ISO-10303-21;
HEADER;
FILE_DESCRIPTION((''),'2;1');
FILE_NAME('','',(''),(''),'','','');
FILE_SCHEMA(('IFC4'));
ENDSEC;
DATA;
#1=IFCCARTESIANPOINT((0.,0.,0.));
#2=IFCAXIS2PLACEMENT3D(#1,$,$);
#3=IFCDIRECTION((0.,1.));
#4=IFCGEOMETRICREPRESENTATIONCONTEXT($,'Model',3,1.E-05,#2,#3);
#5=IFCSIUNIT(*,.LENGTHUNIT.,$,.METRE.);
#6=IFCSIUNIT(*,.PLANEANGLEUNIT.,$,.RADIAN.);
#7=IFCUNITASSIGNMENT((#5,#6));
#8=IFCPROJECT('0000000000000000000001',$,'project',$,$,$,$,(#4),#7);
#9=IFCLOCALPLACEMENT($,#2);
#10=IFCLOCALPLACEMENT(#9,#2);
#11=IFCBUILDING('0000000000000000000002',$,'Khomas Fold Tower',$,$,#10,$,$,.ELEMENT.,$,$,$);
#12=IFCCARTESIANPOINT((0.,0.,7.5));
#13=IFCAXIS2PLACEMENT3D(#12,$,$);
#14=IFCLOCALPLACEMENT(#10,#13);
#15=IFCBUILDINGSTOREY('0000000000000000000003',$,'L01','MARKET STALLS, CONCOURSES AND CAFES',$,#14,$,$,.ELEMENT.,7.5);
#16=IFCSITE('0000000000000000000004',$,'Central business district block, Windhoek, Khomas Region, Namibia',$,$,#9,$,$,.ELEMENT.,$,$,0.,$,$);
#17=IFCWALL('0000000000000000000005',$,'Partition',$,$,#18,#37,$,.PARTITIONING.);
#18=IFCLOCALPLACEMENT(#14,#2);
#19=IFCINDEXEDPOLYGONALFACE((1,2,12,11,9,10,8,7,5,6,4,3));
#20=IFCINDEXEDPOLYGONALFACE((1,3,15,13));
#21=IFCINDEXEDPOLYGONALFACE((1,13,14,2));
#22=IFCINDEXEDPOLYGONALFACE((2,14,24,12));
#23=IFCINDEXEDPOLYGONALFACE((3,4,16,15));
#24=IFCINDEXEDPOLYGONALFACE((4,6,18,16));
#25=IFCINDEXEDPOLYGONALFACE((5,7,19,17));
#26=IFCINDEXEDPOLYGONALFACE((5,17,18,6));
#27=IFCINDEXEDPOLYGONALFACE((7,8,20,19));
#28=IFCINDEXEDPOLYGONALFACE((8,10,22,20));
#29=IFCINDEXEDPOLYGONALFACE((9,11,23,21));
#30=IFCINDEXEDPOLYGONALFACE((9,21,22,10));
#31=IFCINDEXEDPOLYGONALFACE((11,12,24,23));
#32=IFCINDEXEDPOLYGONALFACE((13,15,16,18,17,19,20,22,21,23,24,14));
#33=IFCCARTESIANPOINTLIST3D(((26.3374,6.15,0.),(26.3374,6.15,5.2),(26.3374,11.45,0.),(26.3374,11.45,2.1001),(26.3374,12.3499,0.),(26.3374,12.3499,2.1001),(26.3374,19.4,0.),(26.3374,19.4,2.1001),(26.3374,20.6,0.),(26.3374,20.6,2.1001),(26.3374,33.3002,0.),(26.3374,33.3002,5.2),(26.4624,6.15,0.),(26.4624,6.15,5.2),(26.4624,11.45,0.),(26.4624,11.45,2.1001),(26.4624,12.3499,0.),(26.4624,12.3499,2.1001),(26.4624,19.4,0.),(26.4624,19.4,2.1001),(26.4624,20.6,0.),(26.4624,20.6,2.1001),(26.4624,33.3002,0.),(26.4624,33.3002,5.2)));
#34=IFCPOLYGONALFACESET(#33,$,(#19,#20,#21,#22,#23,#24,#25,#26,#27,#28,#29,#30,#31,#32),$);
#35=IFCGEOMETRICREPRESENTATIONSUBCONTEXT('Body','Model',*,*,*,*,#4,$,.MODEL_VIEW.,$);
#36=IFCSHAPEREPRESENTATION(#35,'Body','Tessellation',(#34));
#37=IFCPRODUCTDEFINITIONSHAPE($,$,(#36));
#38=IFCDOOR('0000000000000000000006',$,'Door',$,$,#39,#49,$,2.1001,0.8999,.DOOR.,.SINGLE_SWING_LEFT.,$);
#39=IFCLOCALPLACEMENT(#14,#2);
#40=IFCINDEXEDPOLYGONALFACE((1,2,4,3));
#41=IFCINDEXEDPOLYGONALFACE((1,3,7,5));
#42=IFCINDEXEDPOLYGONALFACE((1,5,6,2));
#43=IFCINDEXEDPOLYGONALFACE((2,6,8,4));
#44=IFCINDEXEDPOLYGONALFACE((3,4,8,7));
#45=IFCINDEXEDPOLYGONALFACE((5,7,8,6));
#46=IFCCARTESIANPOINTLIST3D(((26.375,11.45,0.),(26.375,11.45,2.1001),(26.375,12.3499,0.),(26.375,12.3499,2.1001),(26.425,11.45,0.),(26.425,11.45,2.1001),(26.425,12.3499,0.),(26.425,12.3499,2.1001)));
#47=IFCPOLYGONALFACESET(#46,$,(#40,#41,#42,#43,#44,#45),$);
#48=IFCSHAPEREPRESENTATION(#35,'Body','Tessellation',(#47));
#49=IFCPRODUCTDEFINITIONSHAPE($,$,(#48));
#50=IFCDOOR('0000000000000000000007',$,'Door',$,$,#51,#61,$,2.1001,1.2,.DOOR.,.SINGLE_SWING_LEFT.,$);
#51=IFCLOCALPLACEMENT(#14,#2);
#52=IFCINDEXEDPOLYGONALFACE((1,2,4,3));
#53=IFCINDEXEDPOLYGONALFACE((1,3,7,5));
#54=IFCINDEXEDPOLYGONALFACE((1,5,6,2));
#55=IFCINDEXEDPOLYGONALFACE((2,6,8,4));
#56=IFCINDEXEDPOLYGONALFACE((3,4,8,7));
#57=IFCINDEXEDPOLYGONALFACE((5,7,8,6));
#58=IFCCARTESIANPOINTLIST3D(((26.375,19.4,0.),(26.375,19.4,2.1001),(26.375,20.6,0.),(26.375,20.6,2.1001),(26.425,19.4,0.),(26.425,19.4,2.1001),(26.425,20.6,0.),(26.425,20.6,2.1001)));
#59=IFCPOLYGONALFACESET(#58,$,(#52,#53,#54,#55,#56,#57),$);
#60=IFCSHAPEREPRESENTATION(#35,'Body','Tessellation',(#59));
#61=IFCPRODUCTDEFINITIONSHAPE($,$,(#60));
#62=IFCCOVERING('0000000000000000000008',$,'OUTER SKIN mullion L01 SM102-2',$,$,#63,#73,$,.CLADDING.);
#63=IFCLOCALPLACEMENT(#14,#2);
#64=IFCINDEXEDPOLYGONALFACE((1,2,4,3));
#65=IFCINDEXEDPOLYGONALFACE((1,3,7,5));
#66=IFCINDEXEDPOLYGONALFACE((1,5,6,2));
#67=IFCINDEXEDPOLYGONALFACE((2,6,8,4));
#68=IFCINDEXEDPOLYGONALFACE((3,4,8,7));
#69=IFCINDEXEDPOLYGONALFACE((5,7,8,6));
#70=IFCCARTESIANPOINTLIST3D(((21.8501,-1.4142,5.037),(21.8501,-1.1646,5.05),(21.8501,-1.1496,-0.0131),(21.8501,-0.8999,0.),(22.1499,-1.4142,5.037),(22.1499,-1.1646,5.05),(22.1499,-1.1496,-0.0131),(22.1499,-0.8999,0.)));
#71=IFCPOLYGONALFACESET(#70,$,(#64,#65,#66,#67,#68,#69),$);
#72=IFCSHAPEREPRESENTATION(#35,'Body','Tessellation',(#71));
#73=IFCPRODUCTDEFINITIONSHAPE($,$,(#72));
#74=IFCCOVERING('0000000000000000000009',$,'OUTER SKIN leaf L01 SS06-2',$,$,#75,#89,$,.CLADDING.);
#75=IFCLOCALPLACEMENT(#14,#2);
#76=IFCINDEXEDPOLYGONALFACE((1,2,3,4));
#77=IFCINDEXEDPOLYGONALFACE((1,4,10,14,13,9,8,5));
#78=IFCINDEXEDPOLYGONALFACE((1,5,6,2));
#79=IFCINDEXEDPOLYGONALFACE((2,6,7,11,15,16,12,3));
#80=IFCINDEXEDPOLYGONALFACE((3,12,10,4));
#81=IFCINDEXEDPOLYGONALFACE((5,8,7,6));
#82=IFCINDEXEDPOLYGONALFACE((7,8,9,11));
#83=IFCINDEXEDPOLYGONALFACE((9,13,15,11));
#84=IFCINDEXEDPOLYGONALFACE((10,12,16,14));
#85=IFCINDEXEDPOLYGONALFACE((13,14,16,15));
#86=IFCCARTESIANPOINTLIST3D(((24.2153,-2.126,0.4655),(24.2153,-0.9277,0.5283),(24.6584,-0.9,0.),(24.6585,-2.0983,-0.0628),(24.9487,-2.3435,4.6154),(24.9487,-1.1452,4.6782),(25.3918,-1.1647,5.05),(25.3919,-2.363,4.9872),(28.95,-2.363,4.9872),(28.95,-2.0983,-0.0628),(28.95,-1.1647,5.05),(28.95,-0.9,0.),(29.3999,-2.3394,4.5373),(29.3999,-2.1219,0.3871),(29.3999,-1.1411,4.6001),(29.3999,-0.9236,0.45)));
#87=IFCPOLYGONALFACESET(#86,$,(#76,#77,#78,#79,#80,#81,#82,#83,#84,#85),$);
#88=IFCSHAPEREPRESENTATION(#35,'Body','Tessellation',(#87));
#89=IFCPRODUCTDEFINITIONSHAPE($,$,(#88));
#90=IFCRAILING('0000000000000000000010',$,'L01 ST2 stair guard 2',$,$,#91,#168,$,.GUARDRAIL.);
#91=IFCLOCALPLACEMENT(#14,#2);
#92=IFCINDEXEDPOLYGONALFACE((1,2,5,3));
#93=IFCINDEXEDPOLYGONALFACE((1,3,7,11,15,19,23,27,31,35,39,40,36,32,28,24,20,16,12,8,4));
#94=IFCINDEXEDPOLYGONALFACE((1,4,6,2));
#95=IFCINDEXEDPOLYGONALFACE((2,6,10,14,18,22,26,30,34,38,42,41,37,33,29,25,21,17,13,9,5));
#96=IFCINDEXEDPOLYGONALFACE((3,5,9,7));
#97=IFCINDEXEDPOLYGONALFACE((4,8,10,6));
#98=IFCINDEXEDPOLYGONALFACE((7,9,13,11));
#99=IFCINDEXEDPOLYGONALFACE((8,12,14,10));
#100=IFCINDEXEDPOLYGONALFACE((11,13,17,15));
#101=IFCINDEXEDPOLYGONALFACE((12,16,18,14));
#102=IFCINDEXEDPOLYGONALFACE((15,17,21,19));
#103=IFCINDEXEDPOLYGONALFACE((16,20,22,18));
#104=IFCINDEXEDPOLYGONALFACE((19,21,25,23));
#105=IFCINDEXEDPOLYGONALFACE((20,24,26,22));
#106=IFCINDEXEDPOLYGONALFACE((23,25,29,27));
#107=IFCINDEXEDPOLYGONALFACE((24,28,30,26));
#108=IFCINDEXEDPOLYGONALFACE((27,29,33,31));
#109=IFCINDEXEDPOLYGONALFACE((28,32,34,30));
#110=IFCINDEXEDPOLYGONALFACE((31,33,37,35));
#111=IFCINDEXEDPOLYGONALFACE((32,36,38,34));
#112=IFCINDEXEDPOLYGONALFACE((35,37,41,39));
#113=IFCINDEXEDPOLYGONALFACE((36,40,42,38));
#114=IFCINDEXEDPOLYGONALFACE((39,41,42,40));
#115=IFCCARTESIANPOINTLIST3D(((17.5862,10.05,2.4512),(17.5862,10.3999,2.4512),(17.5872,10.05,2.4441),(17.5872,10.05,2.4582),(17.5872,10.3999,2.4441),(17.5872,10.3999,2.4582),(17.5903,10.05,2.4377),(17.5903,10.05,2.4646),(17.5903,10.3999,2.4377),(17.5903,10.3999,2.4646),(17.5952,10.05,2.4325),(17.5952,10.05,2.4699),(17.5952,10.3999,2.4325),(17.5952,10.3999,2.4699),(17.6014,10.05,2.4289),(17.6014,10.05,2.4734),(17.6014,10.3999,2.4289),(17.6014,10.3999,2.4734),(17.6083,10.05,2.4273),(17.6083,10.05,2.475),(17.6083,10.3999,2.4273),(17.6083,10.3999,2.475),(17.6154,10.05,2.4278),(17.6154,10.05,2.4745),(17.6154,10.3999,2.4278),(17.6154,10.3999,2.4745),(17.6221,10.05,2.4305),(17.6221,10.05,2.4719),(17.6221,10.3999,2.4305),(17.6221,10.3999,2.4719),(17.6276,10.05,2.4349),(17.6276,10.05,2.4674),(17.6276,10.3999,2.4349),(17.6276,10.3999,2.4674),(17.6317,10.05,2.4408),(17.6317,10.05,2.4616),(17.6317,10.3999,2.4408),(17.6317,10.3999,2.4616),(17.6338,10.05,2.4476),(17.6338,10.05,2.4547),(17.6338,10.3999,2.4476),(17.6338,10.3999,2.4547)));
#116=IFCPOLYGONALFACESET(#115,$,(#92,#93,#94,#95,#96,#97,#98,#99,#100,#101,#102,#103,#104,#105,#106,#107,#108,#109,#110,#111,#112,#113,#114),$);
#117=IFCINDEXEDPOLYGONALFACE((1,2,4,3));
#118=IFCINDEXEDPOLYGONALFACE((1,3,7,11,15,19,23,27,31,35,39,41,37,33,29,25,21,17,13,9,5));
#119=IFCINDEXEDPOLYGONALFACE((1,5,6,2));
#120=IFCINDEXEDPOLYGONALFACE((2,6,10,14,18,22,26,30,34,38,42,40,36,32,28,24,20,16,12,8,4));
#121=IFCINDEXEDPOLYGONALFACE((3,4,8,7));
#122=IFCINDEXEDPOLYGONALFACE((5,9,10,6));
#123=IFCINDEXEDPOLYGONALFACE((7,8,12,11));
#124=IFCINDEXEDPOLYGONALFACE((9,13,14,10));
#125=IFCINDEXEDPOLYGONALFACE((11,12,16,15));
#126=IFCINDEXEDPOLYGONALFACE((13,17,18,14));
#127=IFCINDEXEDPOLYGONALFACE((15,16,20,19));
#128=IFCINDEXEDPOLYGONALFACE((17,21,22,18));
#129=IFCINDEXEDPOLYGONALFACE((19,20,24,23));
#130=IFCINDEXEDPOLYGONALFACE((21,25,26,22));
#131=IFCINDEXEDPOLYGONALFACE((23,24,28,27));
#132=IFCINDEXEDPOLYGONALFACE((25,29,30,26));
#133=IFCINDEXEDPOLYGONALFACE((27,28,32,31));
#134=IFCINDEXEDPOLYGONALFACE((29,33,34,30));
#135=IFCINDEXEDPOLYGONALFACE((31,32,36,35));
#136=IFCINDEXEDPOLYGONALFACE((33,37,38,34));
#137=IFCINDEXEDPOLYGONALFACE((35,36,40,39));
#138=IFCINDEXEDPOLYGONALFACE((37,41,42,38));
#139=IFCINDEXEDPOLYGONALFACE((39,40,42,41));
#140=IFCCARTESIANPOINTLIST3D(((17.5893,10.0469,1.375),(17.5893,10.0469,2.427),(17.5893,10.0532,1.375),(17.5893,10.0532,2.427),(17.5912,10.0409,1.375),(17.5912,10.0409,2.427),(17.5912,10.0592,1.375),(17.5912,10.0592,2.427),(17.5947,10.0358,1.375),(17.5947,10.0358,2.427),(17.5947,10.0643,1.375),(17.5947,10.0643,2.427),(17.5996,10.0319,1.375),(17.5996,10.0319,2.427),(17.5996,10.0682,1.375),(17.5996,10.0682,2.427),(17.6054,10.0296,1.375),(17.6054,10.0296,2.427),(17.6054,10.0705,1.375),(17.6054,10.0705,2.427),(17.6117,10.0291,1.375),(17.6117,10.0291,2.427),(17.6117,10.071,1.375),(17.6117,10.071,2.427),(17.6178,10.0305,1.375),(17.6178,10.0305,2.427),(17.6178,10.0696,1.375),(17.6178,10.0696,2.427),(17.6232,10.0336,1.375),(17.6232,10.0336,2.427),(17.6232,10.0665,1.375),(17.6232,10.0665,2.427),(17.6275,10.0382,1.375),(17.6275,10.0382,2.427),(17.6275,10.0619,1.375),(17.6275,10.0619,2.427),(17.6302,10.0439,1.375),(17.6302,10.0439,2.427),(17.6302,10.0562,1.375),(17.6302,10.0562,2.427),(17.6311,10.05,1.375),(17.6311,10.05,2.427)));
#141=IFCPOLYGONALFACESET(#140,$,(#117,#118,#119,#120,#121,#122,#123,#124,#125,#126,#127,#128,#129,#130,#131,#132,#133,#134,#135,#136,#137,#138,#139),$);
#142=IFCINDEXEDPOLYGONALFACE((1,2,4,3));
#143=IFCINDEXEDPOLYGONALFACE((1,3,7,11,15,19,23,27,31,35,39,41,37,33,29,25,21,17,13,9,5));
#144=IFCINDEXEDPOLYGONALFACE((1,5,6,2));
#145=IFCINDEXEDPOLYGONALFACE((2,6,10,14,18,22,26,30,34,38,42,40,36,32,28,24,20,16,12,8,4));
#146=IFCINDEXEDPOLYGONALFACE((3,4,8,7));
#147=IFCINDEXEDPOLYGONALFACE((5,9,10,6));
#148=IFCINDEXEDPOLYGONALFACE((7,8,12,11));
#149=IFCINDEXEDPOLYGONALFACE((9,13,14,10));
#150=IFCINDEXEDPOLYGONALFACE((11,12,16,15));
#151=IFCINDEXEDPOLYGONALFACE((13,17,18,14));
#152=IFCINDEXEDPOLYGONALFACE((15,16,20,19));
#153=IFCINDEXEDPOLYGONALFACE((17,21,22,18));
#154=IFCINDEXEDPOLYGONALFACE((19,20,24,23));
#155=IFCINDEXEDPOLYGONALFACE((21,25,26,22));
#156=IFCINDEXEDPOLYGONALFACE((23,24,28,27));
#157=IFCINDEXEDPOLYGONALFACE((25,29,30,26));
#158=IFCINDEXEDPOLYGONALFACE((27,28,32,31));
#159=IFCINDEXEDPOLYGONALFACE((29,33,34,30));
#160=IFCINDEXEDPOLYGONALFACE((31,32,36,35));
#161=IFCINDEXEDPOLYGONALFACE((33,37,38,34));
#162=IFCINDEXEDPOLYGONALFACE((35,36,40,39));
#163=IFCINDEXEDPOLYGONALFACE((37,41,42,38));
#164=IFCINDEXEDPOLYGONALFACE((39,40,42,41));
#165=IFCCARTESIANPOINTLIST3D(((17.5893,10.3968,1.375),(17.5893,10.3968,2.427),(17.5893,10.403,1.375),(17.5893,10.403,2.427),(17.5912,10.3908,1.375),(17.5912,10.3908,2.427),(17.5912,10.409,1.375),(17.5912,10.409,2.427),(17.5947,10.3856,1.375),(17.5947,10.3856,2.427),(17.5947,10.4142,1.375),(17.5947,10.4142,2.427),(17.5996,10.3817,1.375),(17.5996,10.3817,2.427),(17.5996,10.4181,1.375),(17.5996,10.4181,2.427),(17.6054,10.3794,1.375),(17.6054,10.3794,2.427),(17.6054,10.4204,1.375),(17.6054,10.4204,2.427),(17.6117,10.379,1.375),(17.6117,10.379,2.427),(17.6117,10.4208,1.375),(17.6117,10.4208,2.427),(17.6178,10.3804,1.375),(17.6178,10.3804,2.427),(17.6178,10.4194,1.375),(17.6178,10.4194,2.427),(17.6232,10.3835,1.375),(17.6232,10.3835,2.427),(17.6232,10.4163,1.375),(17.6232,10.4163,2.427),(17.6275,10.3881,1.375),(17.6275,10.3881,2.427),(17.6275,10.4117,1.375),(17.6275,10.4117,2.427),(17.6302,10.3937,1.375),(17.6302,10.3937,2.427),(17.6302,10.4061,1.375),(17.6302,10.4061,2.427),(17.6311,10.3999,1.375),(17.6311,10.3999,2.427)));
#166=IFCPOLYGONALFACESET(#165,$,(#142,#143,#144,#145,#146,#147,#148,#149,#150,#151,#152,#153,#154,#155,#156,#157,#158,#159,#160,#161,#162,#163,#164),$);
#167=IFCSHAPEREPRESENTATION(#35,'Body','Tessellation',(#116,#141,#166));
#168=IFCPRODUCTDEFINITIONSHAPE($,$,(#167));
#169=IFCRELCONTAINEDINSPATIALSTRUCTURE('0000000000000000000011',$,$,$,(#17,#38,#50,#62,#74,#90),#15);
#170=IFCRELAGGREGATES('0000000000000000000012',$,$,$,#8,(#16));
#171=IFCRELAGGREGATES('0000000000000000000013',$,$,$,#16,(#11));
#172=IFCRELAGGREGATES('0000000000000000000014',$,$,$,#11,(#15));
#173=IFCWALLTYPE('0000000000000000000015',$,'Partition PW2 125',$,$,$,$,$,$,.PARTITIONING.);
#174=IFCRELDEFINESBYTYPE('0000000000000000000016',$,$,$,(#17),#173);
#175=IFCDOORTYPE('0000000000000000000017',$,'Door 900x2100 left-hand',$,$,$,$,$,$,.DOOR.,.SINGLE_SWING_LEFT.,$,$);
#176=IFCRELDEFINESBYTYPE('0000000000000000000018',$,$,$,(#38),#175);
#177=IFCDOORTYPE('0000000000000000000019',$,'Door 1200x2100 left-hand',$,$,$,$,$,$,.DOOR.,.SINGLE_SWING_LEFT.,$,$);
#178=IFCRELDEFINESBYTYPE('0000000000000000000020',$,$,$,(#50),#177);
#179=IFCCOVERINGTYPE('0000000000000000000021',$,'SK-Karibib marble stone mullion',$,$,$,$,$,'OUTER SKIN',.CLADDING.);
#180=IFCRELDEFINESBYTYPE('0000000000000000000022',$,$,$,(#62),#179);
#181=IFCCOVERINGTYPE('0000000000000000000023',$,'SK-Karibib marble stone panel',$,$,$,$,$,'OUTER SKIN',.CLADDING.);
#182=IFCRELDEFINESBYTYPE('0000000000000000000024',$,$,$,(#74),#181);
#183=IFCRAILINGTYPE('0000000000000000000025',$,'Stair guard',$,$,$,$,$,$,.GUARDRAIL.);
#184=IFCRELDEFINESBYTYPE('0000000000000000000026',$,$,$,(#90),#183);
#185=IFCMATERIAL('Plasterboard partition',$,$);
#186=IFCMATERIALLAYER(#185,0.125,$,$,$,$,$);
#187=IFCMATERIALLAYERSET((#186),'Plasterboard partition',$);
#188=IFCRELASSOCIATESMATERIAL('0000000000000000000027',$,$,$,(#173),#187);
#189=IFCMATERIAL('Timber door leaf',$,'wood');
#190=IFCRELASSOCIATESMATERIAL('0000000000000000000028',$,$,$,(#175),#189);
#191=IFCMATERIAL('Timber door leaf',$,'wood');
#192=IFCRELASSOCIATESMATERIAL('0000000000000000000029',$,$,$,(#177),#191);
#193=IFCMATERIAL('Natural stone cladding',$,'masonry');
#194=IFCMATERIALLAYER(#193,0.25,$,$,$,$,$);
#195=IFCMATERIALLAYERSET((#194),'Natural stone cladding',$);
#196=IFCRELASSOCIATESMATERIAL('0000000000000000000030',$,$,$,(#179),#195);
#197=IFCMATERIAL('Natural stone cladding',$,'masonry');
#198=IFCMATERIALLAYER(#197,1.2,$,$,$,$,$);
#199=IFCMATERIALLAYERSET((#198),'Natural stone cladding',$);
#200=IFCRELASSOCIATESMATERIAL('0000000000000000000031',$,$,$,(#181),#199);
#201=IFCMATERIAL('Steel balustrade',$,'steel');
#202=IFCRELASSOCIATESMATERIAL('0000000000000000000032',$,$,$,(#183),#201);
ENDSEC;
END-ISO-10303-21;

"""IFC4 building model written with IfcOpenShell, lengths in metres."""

from ifc_helpers import new_model, si_unit, direction, frame, frame_2d, origin, origin_2d, place, context, subcontext, project, spatial, polyline, rectangle, circle, outline, extrude, source, transform, mapped, material, layer, layer_set, type_object, element, fill, save


model = new_model("IFC4")

# Units and contexts
model_context = context("Model", 3, precision=1e-05, world=origin(), true_north=direction((0.0, 1.0)))
body_context = subcontext(model_context, "Body", "Model", "MODEL_VIEW")
ifc_project = project(units=[si_unit("LENGTHUNIT", "METRE"), si_unit("PLANEANGLEUNIT", "RADIAN")], contexts=[model_context])

# Site, building, storey
site_placement = place(None, origin())
site = spatial("IfcSite", under=ifc_project, at=site_placement, Name="Central business district block, Windhoek, Khomas Region, Namibia", CompositionType="ELEMENT", RefElevation=0.0)
building_placement = place(site_placement, origin())
building = spatial("IfcBuilding", under=site, at=building_placement, Name="Khomas Fold Tower", CompositionType="ELEMENT")
storey_placement = place(building_placement, frame((0.0, 0.0, 7.5)))
storey = spatial("IfcBuildingStorey", under=building, at=storey_placement, Name="L01", Description="MARKET STALLS, CONCOURSES AND CAFES", CompositionType="ELEMENT", Elevation=7.5)

# Wall, openings, doors
ifc_material_1 = material(Name="Plasterboard partition")
ifc_layer_1 = layer(ifc_material_1, 0.125)
ifc_layer_set_1 = layer_set([ifc_layer_1], Name="Plasterboard partition")
wall_type_1 = type_object("IfcWallType", Name="Partition PW2 125", PredefinedType="PARTITIONING", material=ifc_layer_set_1)
shared_shape_1 = source(origin(), body_context, "Body", "SweptSolid", [
    extrude(rectangle(XDim=27.1501, YDim=0.125, at=frame_2d((13.5752, 0.0))), origin(), (0.0, 0.0, 1.0), 5.2),
])
wall_1_placement = place(storey_placement, frame((26.3999, 6.1499, 0.0), z_axis=(0.0, 0.0, 1.0), x_axis=(0.0, 1.0, 0.0)))
wall_1 = element("IfcWall", 1, at=wall_1_placement, inside=storey, type_object=wall_type_1, Name="Partition", PredefinedType="PARTITIONING", context=body_context, shape_type="MappedRepresentation", body=[
    mapped(shared_shape_1, transform((0.0, 0.0, 0.0))),
])
shared_shape_2 = source(origin(), body_context, "Body", "SweptSolid", [
    extrude(rectangle(XDim=0.8999, YDim=2.1001, at=frame_2d((0.45, 1.05))), frame((0.0, 0.0725, 0.0), z_axis=(0.0, -1.0, 0.0), x_axis=(1.0, 0.0, 0.0)), (0.0, 0.0, 1.0), 0.145),
])
opening_1_placement = place(wall_1_placement, frame((5.3, 0.0, 0.0)))
opening_1 = element("IfcOpeningElement", 2, at=opening_1_placement, cuts=wall_1, PredefinedType="OPENING", context=body_context, shape_type="MappedRepresentation", body=[
    mapped(shared_shape_2, transform((0.0, 0.0, 0.0))),
])
shared_shape_3 = source(origin(), body_context, "Body", "SweptSolid", [
    extrude(rectangle(XDim=1.2, YDim=2.1001, at=frame_2d((0.6001, 1.05))), frame((0.0, 0.0725, 0.0), z_axis=(0.0, -1.0, 0.0), x_axis=(1.0, 0.0, 0.0)), (0.0, 0.0, 1.0), 0.145),
])
opening_2_placement = place(wall_1_placement, frame((13.25, 0.0, 0.0)))
opening_2 = element("IfcOpeningElement", 3, at=opening_2_placement, cuts=wall_1, PredefinedType="OPENING", context=body_context, shape_type="MappedRepresentation", body=[
    mapped(shared_shape_3, transform((0.0, 0.0, 0.0))),
])
ifc_material_2 = material(Name="Timber door leaf", Category="wood")
door_type_1 = type_object("IfcDoorType", Name="Door 900x2100 left-hand", OperationType="SINGLE_SWING_LEFT", PredefinedType="DOOR", material=ifc_material_2)
shared_shape_4 = source(origin(), body_context, "Body", "SweptSolid", [
    extrude(rectangle(XDim=0.8999, YDim=2.1001, at=frame_2d((0.45, 1.05))), frame((0.0, 0.0249, 0.0), z_axis=(0.0, -1.0, 0.0), x_axis=(1.0, 0.0, 0.0)), (0.0, 0.0, 1.0), 0.05),
])
door_1_placement = place(opening_1_placement, origin())
door_1 = element("IfcDoor", 4, at=door_1_placement, inside=storey, type_object=door_type_1, Name="Door", OperationType="SINGLE_SWING_LEFT", OverallHeight=2.1001, OverallWidth=0.8999, PredefinedType="DOOR", context=body_context, shape_type="MappedRepresentation", body=[
    mapped(shared_shape_4, transform((0.0, 0.0, 0.0))),
])
fill(opening_1, door_1)
ifc_material_3 = material(Name="Timber door leaf", Category="wood")
door_type_2 = type_object("IfcDoorType", Name="Door 1200x2100 left-hand", OperationType="SINGLE_SWING_LEFT", PredefinedType="DOOR", material=ifc_material_3)
shared_shape_5 = source(origin(), body_context, "Body", "SweptSolid", [
    extrude(rectangle(XDim=1.2, YDim=2.1001, at=frame_2d((0.6001, 1.05))), frame((0.0, 0.0249, 0.0), z_axis=(0.0, -1.0, 0.0), x_axis=(1.0, 0.0, 0.0)), (0.0, 0.0, 1.0), 0.05),
])
door_2_placement = place(opening_2_placement, origin())
door_2 = element("IfcDoor", 5, at=door_2_placement, inside=storey, type_object=door_type_2, Name="Door", OperationType="SINGLE_SWING_LEFT", OverallHeight=2.1001, OverallWidth=1.2, PredefinedType="DOOR", context=body_context, shape_type="MappedRepresentation", body=[
    mapped(shared_shape_5, transform((0.0, 0.0, 0.0))),
])
fill(opening_2, door_2)

# Coverings
ifc_material_4 = material(Name="Natural stone cladding", Category="masonry")
ifc_layer_2 = layer(ifc_material_4, 0.25)
ifc_layer_set_2 = layer_set([ifc_layer_2], Name="Natural stone cladding")
covering_type_1 = type_object("IfcCoveringType", Name="SK-Karibib marble stone mullion", ElementType="OUTER SKIN", PredefinedType="CLADDING", material=ifc_layer_set_2)
covering_1_placement = place(storey_placement, frame((22.1499, -1.1646, 5.05), z_axis=(0.0, 0.99863, 0.052333), x_axis=(0.0, 0.052333, -0.99863)))
element("IfcCovering", 6, at=covering_1_placement, inside=storey, type_object=covering_type_1, Name="OUTER SKIN mullion L01 SM102-2", PredefinedType="CLADDING", context=body_context, shape_type="SweptSolid", body=[
    extrude(outline(polyline([(0.0, 0.0), (5.057, 0.0), (5.057, 0.2998), (0.0, 0.2998), (0.0, 0.0)])), origin(), (0.0, 0.0, -1.0), 0.25),
])
ifc_material_5 = material(Name="Natural stone cladding", Category="masonry")
ifc_layer_3 = layer(ifc_material_5, 1.2)
ifc_layer_set_3 = layer_set([ifc_layer_3], Name="Natural stone cladding")
covering_type_2 = type_object("IfcCoveringType", Name="SK-Karibib marble stone panel", ElementType="OUTER SKIN", PredefinedType="CLADDING", material=ifc_layer_set_3)
covering_2_placement = place(storey_placement, frame((24.2153, -0.9277, 0.5283), z_axis=(-0.000009, 0.998629, 0.052339), x_axis=(0.173799, -0.051541, 0.983432)))
element("IfcCovering", 7, at=covering_2_placement, inside=storey, type_object=covering_type_2, Name="OUTER SKIN leaf L01 SS06-2", PredefinedType="CLADDING", context=body_context, shape_type="SweptSolid", body=[
    extrude(outline(polyline([(0.0, 0.0), (4.2198, 0.0), (4.6635, 0.3717), (5.2819, 3.8756), (4.9164, 4.397), (0.8238, 5.1193), (0.3019, 4.7545), (-0.444, 0.5283), (0.0, 0.0)])), origin(), (0.0, 0.0, -1.0), 1.2),
])

# Railing
ifc_material_6 = material(Name="Steel balustrade", Category="steel")
railing_type = type_object("IfcRailingType", Name="Stair guard", PredefinedType="GUARDRAIL", material=ifc_material_6)
shared_shape_6 = source(origin(), body_context, "Body", "SweptSolid", [
    extrude(circle(Radius=0.0239, at=origin_2d()), frame((0.0, 0.0, 1.0762), z_axis=(0.0, 1.0, 0.0), x_axis=(-1.0, 0.0, 0.0)), (0.0, 0.0, 1.0), 0.3499),
    extrude(circle(Radius=0.021, at=origin_2d()), origin(), (0.0, 0.0, 1.0), 1.052),
    extrude(circle(Radius=0.021, at=origin_2d()), frame((0.0, 0.3499, 0.0)), (0.0, 0.0, 1.0), 1.052),
])
railing_placement = place(storey_placement, frame((17.6101, 10.05, 1.375)))
element("IfcRailing", 8, at=railing_placement, inside=storey, type_object=railing_type, Name="L01 ST2 stair guard 2", PredefinedType="GUARDRAIL", context=body_context, shape_type="MappedRepresentation", body=[
    mapped(shared_shape_6, transform((0.0, 0.0, 0.0))),
])

save(model, "model.ifc")
